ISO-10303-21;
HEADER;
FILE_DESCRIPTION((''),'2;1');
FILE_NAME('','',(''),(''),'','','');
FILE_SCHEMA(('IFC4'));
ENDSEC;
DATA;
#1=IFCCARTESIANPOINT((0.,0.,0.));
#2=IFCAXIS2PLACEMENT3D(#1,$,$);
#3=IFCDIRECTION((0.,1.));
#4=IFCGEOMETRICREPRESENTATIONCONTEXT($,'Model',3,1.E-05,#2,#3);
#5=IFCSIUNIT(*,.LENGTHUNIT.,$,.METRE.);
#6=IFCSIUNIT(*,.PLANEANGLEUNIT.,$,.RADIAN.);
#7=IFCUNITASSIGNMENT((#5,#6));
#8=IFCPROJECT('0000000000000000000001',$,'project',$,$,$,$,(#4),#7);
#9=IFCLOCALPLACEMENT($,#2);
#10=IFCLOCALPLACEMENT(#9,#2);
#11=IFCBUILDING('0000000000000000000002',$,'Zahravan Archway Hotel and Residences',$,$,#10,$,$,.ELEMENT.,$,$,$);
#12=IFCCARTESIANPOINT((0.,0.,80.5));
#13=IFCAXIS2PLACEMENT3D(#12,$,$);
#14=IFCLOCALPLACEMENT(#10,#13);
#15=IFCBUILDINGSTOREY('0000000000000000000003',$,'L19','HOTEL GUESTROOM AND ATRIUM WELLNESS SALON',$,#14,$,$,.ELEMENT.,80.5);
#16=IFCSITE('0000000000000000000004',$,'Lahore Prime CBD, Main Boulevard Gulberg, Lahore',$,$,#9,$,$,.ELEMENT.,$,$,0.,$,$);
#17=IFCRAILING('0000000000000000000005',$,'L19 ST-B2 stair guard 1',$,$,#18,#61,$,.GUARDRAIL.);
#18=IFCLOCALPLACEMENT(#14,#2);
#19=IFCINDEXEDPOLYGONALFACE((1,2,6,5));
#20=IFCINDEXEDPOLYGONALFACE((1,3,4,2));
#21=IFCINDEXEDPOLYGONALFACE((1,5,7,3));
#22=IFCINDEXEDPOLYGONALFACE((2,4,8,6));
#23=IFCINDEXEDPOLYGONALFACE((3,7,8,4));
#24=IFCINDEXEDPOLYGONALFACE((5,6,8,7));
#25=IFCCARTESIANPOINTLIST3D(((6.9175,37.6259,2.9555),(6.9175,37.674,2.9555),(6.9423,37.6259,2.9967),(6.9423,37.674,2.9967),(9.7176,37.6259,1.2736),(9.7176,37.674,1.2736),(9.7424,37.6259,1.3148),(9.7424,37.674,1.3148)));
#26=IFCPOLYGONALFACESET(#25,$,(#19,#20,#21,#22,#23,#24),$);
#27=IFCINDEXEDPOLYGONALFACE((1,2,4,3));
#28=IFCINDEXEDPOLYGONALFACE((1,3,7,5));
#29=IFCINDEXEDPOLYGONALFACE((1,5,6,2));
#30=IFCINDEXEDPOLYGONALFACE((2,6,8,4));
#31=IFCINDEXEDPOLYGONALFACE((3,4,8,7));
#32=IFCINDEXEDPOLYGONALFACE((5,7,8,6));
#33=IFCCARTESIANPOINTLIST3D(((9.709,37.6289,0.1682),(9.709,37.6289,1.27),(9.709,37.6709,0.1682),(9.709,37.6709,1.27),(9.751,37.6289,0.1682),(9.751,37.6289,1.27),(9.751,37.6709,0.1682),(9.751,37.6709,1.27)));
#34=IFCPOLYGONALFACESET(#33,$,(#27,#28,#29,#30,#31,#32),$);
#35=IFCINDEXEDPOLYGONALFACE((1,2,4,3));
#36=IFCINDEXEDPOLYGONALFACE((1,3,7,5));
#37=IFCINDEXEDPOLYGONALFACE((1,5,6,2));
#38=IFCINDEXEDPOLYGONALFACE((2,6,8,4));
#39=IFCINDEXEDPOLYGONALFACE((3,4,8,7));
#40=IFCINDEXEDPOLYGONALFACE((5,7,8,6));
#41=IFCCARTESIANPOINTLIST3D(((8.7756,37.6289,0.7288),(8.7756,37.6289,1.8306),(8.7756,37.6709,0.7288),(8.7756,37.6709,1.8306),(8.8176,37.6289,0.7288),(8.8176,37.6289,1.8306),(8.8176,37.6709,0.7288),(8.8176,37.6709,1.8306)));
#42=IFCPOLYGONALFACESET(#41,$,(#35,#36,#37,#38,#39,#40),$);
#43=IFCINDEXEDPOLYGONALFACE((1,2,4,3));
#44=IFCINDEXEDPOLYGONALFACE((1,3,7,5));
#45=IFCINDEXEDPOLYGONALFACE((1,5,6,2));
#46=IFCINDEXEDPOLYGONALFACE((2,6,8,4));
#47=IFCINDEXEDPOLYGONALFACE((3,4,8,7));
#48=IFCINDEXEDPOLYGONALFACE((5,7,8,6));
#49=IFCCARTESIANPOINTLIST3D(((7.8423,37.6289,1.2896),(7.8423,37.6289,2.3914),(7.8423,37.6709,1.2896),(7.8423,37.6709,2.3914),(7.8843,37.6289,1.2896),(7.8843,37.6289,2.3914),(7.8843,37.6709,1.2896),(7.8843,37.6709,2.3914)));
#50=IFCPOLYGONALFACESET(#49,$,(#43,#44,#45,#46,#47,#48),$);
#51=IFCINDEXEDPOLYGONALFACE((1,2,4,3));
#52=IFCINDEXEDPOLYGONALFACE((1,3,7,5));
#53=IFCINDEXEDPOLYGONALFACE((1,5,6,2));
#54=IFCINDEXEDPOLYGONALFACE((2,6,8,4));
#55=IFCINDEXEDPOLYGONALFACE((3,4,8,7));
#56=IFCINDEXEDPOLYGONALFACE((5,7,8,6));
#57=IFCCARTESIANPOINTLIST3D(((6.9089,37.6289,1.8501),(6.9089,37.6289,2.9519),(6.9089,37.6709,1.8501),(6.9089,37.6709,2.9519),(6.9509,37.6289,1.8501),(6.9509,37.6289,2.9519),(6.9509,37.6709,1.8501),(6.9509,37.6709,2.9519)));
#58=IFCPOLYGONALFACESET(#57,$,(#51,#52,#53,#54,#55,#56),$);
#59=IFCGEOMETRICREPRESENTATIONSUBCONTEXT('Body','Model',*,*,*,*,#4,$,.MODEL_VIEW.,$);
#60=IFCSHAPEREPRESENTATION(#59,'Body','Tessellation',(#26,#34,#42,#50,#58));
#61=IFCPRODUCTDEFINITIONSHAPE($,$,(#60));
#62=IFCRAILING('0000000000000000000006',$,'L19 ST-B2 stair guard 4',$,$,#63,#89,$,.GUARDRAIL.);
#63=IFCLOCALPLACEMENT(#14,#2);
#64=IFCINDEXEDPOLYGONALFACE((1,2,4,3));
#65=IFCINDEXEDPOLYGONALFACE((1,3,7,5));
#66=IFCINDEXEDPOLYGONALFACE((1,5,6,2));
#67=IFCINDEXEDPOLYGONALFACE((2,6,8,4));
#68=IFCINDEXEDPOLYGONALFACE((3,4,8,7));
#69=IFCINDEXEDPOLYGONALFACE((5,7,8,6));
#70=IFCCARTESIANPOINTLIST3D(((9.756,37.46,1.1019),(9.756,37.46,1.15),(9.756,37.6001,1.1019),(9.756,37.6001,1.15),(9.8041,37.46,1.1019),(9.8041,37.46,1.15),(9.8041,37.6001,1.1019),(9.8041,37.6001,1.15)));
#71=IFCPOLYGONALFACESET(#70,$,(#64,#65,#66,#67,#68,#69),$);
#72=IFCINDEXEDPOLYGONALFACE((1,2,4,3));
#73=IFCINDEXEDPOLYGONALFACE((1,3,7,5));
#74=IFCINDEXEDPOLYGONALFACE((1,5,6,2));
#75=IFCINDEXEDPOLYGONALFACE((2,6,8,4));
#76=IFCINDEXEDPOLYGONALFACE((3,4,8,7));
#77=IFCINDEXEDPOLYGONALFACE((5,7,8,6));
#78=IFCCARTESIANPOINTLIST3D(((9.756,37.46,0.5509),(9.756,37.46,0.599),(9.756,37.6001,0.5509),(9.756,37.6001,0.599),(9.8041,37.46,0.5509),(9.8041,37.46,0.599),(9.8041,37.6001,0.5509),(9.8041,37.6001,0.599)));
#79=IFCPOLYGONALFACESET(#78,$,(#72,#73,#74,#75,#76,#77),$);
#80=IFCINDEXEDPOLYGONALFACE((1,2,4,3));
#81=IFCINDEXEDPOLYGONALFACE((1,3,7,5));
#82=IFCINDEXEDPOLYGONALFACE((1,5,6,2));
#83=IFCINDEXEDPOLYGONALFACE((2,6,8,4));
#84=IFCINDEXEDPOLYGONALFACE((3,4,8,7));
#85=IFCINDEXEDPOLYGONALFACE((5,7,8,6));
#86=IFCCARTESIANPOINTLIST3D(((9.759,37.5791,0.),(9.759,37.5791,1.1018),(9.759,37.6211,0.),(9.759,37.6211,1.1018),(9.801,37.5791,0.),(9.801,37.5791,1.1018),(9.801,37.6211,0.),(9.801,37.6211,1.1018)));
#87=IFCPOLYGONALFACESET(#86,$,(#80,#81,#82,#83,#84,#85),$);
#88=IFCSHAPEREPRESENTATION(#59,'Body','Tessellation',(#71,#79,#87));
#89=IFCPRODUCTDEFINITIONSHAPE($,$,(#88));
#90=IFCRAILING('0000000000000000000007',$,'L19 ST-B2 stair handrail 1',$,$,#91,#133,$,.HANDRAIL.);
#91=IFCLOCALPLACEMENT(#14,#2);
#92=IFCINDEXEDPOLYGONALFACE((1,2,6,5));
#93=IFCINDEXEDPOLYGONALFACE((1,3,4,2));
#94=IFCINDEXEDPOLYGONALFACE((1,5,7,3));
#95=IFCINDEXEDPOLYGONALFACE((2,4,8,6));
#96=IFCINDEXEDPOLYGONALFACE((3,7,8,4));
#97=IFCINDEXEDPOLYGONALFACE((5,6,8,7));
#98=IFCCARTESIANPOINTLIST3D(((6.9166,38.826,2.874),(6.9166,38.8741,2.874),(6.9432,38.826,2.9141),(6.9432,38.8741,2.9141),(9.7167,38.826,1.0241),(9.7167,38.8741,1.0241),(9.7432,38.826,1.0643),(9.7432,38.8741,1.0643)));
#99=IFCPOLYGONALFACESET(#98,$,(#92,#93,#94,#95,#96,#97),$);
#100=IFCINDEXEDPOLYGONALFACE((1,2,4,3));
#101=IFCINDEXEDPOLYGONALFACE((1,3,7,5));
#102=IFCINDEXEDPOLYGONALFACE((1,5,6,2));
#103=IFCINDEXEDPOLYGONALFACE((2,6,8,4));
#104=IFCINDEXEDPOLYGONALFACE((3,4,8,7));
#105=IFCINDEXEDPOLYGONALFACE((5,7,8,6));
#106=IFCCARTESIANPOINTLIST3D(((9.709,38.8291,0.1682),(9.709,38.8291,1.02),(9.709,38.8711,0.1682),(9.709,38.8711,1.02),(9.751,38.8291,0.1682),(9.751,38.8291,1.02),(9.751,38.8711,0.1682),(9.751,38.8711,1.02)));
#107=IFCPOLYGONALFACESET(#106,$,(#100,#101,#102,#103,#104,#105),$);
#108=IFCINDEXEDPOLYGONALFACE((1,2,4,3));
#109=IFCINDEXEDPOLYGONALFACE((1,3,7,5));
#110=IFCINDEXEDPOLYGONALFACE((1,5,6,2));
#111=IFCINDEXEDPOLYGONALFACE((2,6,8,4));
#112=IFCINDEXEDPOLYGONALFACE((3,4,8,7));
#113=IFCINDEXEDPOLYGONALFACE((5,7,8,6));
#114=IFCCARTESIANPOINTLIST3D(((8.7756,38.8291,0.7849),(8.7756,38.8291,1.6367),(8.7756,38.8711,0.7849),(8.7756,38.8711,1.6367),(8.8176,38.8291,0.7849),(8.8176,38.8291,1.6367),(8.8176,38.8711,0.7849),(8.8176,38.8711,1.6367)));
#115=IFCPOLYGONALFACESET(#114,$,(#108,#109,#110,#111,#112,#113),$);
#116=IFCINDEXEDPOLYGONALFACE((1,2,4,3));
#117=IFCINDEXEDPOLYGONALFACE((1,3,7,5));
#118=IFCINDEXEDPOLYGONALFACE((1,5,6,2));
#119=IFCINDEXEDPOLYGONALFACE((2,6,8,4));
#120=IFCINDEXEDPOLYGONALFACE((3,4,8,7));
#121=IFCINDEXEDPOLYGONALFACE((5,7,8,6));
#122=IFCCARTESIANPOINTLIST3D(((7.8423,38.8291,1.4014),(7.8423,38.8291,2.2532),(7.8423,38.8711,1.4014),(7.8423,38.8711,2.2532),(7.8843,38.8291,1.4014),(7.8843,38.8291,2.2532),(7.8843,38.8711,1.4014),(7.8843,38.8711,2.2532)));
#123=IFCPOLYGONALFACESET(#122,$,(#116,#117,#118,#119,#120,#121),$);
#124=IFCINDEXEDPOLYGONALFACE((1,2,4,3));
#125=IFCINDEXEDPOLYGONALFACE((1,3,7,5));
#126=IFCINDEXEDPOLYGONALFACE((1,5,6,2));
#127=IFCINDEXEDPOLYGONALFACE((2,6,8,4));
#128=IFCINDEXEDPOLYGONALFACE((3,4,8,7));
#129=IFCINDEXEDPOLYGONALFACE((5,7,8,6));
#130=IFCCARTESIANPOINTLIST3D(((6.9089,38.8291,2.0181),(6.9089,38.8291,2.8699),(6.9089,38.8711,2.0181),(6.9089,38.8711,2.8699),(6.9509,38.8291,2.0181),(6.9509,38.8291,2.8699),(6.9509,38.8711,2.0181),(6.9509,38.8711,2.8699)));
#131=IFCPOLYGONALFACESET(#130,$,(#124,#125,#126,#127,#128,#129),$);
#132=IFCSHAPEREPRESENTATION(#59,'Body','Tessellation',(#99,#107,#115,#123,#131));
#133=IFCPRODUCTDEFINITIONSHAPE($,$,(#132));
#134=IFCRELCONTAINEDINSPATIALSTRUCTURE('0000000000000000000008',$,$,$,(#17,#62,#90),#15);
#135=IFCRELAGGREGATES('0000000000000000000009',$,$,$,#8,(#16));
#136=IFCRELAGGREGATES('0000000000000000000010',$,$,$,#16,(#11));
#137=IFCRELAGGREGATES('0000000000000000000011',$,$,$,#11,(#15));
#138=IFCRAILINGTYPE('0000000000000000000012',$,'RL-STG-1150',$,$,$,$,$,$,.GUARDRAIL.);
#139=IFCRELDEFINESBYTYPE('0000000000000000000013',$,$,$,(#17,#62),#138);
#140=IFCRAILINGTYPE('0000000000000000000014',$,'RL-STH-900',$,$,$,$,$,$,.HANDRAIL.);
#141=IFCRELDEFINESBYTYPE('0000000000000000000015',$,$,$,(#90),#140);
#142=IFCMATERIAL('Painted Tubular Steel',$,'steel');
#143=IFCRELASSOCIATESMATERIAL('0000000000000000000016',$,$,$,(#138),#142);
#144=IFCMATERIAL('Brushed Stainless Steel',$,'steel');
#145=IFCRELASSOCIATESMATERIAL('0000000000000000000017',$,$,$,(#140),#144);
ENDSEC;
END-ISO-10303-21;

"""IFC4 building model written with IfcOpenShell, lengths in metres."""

from ifc_helpers import new_model, si_unit, direction, frame, origin, origin_2d, place, context, subcontext, project, spatial, rectangle, extrude, material, type_object, element, save


model = new_model("IFC4")

# Units and contexts
model_context = context("Model", 3, precision=1e-05, world=origin(), true_north=direction((0.0, 1.0)))
body_context = subcontext(model_context, "Body", "Model", "MODEL_VIEW")
ifc_project = project(units=[si_unit("LENGTHUNIT", "METRE"), si_unit("PLANEANGLEUNIT", "RADIAN")], contexts=[model_context])

# Site, building, storey
site_placement = place(None, origin())
site = spatial("IfcSite", under=ifc_project, at=site_placement, Name="Lahore Prime CBD, Main Boulevard Gulberg, Lahore", CompositionType="ELEMENT", RefElevation=0.0)
building_placement = place(site_placement, origin())
building = spatial("IfcBuilding", under=site, at=building_placement, Name="Zahravan Archway Hotel and Residences", CompositionType="ELEMENT")
storey_placement = place(building_placement, frame((0.0, 0.0, 80.5)))
storey = spatial("IfcBuildingStorey", under=building, at=storey_placement, Name="L19", Description="HOTEL GUESTROOM AND ATRIUM WELLNESS SALON", CompositionType="ELEMENT", Elevation=80.5)

# Railings
ifc_material_1 = material(Name="Painted Tubular Steel", Category="steel")
railing_type_1 = type_object("IfcRailingType", Name="RL-STG-1150", PredefinedType="GUARDRAIL", material=ifc_material_1)
railing_1_placement = place(storey_placement, frame((9.73, 37.6499, 0.1682)))
element("IfcRailing", 1, at=railing_1_placement, inside=storey, type_object=railing_type_1, Name="L19 ST-B2 stair guard 1", PredefinedType="GUARDRAIL", context=body_context, shape_type="SweptSolid", body=[
    extrude(rectangle(XDim=0.0481, YDim=0.0481, at=origin_2d()), frame((0.0, 0.0, 1.126), z_axis=(-0.857242, 0.0, 0.514913), x_axis=(0.0, -1.0, 0.0)), (0.0, 0.0, 1.0), 3.2664),
    extrude(rectangle(XDim=0.042, YDim=0.042, at=origin_2d()), origin(), (0.0, 0.0, 1.0), 1.1018),
    extrude(rectangle(XDim=0.042, YDim=0.042, at=origin_2d()), frame((-0.9333, 0.0, 0.5605)), (0.0, 0.0, 1.0), 1.1018),
    extrude(rectangle(XDim=0.042, YDim=0.042, at=origin_2d()), frame((-1.8667, 0.0, 1.1213)), (0.0, 0.0, 1.0), 1.1018),
    extrude(rectangle(XDim=0.042, YDim=0.042, at=origin_2d()), frame((-2.8, 0.0, 1.6819)), (0.0, 0.0, 1.0), 1.1018),
])
railing_2_placement = place(storey_placement, frame((9.78, 37.6001, 0.0)))
element("IfcRailing", 2, at=railing_2_placement, inside=storey, type_object=railing_type_1, Name="L19 ST-B2 stair guard 4", PredefinedType="GUARDRAIL", context=body_context, shape_type="SweptSolid", body=[
    extrude(rectangle(XDim=0.0481, YDim=0.0481, at=origin_2d()), frame((0.0, 0.0, 1.126), z_axis=(0.0, -1.0, 0.0), x_axis=(1.0, 0.0, 0.0)), (0.0, 0.0, 1.0), 0.1401),
    extrude(rectangle(XDim=0.0481, YDim=0.0481, at=origin_2d()), frame((0.0, 0.0, 0.575), z_axis=(0.0, -1.0, 0.0), x_axis=(1.0, 0.0, 0.0)), (0.0, 0.0, 1.0), 0.1401),
    extrude(rectangle(XDim=0.042, YDim=0.042, at=origin_2d()), origin(), (0.0, 0.0, 1.0), 1.1018),
])
ifc_material_2 = material(Name="Brushed Stainless Steel", Category="steel")
railing_type_2 = type_object("IfcRailingType", Name="RL-STH-900", PredefinedType="HANDRAIL", material=ifc_material_2)
railing_3_placement = place(storey_placement, frame((9.73, 38.8501, 0.1682)))
element("IfcRailing", 3, at=railing_3_placement, inside=storey, type_object=railing_type_2, Name="L19 ST-B2 stair handrail 1", PredefinedType="HANDRAIL", context=body_context, shape_type="SweptSolid", body=[
    extrude(rectangle(XDim=0.0481, YDim=0.0481, at=origin_2d()), frame((0.0, 0.0, 0.876), z_axis=(-0.83436, 0.0, 0.55122), x_axis=(0.0, -1.0, 0.0)), (0.0, 0.0, 1.0), 3.356),
    extrude(rectangle(XDim=0.042, YDim=0.042, at=origin_2d()), origin(), (0.0, 0.0, 1.0), 0.8518),
    extrude(rectangle(XDim=0.042, YDim=0.042, at=origin_2d()), frame((-0.9333, 0.0, 0.6167)), (0.0, 0.0, 1.0), 0.8518),
    extrude(rectangle(XDim=0.042, YDim=0.042, at=origin_2d()), frame((-1.8667, 0.0, 1.2332)), (0.0, 0.0, 1.0), 0.8518),
    extrude(rectangle(XDim=0.042, YDim=0.042, at=origin_2d()), frame((-2.8, 0.0, 1.8499)), (0.0, 0.0, 1.0), 0.8518),
])

save(model, "model.ifc")
